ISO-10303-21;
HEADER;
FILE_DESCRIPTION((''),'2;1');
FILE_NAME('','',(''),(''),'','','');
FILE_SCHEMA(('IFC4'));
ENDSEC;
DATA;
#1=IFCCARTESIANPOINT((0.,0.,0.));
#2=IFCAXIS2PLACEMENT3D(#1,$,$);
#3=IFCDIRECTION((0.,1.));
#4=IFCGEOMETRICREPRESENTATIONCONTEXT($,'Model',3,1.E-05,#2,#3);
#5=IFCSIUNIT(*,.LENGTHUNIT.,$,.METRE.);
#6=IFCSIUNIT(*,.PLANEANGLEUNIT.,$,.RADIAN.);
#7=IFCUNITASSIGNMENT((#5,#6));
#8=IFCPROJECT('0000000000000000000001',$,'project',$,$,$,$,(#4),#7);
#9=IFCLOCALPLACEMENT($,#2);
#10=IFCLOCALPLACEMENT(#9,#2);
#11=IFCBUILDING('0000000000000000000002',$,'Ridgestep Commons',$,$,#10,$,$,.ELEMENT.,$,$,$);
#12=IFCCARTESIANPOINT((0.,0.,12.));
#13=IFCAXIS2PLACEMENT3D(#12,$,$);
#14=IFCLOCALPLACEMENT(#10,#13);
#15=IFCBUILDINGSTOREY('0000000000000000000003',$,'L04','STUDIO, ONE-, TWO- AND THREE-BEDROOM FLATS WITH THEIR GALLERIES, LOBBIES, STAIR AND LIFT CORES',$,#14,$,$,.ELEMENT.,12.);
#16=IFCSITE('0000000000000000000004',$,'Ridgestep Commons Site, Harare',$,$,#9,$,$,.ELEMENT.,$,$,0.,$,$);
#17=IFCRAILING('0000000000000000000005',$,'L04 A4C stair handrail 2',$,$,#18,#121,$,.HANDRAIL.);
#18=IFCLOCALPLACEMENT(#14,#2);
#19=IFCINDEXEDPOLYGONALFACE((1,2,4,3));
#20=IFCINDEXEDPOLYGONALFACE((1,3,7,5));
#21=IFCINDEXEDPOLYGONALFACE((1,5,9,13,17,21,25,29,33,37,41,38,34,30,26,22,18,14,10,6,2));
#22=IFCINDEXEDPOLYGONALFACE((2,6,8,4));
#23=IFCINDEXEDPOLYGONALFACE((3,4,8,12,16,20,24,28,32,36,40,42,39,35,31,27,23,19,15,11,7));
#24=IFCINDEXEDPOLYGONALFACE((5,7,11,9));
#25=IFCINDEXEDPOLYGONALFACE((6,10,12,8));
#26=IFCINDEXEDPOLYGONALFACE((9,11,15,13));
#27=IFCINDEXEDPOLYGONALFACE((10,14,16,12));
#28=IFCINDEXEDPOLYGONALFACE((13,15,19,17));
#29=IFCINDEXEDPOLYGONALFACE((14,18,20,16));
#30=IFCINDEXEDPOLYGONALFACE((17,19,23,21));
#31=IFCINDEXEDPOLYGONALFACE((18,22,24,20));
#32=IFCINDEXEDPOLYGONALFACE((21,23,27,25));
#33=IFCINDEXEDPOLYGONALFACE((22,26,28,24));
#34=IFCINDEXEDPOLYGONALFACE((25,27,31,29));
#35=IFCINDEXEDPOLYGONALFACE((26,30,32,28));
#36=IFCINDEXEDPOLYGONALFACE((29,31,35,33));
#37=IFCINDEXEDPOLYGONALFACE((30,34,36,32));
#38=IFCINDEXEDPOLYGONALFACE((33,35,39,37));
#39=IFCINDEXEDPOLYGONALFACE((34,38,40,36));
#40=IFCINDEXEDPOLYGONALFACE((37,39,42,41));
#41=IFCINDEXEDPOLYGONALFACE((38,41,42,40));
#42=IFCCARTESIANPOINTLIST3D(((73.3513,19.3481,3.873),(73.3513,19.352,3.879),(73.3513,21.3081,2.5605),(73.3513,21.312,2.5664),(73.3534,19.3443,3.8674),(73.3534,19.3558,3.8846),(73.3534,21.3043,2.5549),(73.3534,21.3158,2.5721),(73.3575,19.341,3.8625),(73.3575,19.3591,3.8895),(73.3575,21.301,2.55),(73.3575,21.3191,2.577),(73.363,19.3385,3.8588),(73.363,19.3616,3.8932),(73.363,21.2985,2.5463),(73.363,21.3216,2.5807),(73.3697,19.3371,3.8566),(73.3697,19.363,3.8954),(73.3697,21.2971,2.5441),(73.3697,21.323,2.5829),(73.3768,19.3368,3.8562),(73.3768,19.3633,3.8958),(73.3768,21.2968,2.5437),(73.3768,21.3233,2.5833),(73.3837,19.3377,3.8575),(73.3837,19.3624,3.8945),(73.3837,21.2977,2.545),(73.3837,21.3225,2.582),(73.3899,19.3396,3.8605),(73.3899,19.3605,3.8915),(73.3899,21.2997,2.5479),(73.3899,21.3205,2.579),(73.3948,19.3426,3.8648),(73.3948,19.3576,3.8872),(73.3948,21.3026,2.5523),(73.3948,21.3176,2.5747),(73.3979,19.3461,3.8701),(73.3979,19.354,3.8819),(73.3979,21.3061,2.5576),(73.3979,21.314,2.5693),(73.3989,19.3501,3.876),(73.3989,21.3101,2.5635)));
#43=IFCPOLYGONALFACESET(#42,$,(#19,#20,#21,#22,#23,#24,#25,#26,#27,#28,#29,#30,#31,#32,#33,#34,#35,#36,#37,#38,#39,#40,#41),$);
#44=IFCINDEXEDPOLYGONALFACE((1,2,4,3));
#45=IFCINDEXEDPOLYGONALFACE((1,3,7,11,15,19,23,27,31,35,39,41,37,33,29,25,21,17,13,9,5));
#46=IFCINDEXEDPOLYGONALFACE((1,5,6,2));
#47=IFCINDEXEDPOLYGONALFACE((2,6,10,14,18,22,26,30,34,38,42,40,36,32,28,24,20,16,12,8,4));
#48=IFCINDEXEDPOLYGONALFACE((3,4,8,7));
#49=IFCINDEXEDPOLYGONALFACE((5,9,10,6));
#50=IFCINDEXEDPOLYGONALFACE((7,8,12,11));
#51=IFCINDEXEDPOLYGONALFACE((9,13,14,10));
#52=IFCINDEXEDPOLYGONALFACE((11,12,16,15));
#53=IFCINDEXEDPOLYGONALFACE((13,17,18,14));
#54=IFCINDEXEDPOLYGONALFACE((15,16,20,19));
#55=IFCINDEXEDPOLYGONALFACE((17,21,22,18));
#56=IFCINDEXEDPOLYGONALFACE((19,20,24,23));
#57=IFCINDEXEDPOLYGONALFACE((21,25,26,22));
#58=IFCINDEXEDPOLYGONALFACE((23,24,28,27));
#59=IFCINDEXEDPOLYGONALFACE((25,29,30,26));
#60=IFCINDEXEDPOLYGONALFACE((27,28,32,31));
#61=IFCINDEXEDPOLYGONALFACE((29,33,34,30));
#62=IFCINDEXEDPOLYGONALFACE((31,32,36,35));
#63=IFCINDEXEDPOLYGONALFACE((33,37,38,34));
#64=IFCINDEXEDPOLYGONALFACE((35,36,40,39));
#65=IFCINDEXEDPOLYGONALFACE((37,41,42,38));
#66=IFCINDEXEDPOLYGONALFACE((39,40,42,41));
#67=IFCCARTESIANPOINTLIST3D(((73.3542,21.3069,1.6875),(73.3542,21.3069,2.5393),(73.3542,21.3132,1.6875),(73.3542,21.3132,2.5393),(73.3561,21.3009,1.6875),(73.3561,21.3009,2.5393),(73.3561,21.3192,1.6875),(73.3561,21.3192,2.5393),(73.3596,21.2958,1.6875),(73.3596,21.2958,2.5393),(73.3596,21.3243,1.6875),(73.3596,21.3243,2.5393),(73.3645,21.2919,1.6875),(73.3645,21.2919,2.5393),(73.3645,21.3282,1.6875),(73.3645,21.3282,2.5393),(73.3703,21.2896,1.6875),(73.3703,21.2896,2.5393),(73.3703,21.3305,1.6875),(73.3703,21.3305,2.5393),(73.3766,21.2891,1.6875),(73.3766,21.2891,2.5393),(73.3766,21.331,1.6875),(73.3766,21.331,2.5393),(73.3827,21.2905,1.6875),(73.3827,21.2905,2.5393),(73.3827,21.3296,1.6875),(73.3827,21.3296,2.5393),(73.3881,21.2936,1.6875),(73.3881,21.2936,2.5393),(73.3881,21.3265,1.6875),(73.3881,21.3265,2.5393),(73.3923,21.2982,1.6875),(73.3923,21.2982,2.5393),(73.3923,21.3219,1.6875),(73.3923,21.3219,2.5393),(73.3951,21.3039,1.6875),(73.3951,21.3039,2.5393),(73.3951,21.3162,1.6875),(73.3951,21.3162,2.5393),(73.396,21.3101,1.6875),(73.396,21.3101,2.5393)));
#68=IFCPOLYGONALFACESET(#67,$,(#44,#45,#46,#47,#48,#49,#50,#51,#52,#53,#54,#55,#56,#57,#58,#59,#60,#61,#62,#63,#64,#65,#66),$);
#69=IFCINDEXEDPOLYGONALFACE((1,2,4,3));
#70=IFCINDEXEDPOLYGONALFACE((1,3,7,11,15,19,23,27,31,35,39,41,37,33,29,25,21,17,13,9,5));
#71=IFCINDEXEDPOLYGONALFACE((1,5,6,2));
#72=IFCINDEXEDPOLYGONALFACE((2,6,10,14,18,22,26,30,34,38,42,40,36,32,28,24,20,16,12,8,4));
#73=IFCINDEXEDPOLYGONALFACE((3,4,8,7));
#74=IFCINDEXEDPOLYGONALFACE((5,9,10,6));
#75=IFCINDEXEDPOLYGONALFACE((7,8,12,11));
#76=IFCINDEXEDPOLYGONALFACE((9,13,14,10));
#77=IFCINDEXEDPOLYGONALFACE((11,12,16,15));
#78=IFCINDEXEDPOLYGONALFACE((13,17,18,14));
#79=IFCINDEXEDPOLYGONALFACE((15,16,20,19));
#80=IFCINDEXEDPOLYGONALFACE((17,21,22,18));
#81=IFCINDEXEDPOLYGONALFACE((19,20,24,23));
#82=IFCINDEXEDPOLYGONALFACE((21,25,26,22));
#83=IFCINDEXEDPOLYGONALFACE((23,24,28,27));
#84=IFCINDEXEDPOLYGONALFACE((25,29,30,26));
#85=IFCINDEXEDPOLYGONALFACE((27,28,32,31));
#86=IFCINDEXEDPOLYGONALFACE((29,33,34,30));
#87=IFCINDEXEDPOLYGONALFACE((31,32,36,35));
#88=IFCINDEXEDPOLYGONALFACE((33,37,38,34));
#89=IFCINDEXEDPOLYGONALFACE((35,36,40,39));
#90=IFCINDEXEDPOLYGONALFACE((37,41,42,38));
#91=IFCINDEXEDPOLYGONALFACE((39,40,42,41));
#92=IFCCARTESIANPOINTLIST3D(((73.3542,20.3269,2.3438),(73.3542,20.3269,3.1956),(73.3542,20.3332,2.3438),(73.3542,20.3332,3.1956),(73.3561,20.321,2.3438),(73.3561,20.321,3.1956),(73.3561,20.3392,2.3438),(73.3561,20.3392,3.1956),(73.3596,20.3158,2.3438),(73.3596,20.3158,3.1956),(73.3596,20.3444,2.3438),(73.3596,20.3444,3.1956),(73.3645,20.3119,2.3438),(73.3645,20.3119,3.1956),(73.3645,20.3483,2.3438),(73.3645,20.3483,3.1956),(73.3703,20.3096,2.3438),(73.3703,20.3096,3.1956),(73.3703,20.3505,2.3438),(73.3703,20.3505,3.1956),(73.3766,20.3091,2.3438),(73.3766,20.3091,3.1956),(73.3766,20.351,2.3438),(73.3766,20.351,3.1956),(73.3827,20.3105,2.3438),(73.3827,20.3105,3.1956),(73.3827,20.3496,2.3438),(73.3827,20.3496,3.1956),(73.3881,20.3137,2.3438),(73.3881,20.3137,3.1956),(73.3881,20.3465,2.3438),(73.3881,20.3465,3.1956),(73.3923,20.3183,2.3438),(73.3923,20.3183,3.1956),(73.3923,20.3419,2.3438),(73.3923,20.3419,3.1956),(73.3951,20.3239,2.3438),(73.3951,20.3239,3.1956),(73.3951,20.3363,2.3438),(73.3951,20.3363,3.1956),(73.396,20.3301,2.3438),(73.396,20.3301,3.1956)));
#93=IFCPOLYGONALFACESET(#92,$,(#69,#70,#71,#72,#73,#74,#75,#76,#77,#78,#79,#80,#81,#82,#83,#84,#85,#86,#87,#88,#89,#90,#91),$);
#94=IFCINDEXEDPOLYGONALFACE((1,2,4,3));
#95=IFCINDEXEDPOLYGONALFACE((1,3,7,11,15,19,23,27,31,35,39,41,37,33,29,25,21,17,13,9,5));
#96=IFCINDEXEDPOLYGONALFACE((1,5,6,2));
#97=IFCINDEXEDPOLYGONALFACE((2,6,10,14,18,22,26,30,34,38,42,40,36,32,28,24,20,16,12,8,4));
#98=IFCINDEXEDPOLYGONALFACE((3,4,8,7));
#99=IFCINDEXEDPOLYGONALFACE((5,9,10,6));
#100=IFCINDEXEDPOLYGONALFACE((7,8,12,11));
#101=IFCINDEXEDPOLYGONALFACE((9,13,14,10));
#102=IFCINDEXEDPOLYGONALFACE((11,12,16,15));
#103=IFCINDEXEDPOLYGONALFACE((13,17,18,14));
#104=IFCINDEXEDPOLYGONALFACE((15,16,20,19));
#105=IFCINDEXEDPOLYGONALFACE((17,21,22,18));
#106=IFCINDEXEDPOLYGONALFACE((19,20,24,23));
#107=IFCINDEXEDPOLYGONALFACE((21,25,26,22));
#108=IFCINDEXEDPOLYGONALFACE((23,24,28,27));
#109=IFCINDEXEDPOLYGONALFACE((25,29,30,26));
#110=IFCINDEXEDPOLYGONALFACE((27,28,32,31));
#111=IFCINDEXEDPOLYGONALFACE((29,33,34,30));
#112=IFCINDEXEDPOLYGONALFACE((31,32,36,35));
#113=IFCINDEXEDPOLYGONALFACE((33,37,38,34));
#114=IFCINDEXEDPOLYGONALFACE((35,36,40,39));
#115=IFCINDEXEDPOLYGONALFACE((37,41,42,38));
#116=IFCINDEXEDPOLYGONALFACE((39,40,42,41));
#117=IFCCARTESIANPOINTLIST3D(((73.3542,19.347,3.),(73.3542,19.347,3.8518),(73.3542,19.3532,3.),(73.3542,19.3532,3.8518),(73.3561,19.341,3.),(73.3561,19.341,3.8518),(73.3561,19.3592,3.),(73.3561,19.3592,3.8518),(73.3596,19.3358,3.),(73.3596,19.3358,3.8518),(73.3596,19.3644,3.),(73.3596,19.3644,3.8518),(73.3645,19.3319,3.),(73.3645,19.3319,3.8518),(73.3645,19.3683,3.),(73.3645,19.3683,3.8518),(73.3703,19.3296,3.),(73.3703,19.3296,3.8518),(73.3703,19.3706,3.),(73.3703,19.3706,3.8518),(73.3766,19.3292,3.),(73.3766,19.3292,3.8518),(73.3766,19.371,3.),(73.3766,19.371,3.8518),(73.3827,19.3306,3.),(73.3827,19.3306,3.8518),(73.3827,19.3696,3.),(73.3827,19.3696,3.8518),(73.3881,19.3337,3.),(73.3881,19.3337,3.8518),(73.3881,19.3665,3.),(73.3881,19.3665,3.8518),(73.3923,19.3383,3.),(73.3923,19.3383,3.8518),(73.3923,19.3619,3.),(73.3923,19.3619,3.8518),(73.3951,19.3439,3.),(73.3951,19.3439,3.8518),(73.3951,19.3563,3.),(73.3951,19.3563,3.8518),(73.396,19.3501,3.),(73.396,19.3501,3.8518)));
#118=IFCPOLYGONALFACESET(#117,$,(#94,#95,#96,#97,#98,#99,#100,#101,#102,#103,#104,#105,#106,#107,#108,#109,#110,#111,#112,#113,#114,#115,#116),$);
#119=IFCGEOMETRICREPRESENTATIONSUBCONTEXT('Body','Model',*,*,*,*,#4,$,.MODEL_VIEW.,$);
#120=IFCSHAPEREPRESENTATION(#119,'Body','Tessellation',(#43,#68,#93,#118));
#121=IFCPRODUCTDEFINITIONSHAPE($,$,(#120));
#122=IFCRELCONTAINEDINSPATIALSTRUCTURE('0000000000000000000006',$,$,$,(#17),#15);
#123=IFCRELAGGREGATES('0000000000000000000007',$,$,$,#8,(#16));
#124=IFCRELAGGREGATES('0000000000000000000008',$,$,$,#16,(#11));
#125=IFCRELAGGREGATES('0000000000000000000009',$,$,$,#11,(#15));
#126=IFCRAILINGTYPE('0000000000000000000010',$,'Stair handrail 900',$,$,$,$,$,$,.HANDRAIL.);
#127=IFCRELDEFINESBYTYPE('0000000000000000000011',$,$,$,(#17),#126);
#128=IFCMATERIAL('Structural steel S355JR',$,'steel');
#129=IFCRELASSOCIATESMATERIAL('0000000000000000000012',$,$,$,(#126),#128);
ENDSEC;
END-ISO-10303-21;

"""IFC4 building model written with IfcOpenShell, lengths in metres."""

from ifc_helpers import new_model, si_unit, direction, frame, origin, origin_2d, place, context, subcontext, project, spatial, circle, extrude, material, type_object, element, save


model = new_model("IFC4")

# Units and contexts
model_context = context("Model", 3, precision=1e-05, world=origin(), true_north=direction((0.0, 1.0)))
body_context = subcontext(model_context, "Body", "Model", "MODEL_VIEW")
ifc_project = project(units=[si_unit("LENGTHUNIT", "METRE"), si_unit("PLANEANGLEUNIT", "RADIAN")], contexts=[model_context])

# Site, building, storey
site_placement = place(None, origin())
site = spatial("IfcSite", under=ifc_project, at=site_placement, Name="Ridgestep Commons Site, Harare", CompositionType="ELEMENT", RefElevation=0.0)
building_placement = place(site_placement, origin())
building = spatial("IfcBuilding", under=site, at=building_placement, Name="Ridgestep Commons", CompositionType="ELEMENT")
storey_placement = place(building_placement, frame((0.0, 0.0, 12.0)))
storey = spatial("IfcBuildingStorey", under=building, at=storey_placement, Name="L04", Description="STUDIO, ONE-, TWO- AND THREE-BEDROOM FLATS WITH THEIR GALLERIES, LOBBIES, STAIR AND LIFT CORES", CompositionType="ELEMENT", Elevation=12.0)

# Railing
ifc_material_1 = material(Name="Structural steel S355JR", Category="steel")
railing_type_1 = type_object("IfcRailingType", Name="Stair handrail 900", PredefinedType="HANDRAIL", material=ifc_material_1)
railing_1_placement = place(storey_placement, frame((73.375, 21.3101, 1.6875)))
element("IfcRailing", 1, at=railing_1_placement, inside=storey, type_object=railing_type_1, Name="L04 A4C stair handrail 2", PredefinedType="HANDRAIL", context=body_context, shape_type="SweptSolid", body=[
    extrude(circle(Radius=0.0239, at=origin_2d()), frame((0.0, 0.0, 0.876), z_axis=(0.0, -0.830902, 0.556419), x_axis=(1.0, 0.0, 0.0)), (0.0, 0.0, 1.0), 2.3589),
    extrude(circle(Radius=0.021, at=origin_2d()), origin(), (0.0, 0.0, 1.0), 0.8518),
    extrude(circle(Radius=0.021, at=origin_2d()), frame((0.0, -0.98, 0.6562)), (0.0, 0.0, 1.0), 0.8518),
    extrude(circle(Radius=0.021, at=origin_2d()), frame((0.0, -1.96, 1.3125)), (0.0, 0.0, 1.0), 0.8518),
])

save(model, "model.ifc")
